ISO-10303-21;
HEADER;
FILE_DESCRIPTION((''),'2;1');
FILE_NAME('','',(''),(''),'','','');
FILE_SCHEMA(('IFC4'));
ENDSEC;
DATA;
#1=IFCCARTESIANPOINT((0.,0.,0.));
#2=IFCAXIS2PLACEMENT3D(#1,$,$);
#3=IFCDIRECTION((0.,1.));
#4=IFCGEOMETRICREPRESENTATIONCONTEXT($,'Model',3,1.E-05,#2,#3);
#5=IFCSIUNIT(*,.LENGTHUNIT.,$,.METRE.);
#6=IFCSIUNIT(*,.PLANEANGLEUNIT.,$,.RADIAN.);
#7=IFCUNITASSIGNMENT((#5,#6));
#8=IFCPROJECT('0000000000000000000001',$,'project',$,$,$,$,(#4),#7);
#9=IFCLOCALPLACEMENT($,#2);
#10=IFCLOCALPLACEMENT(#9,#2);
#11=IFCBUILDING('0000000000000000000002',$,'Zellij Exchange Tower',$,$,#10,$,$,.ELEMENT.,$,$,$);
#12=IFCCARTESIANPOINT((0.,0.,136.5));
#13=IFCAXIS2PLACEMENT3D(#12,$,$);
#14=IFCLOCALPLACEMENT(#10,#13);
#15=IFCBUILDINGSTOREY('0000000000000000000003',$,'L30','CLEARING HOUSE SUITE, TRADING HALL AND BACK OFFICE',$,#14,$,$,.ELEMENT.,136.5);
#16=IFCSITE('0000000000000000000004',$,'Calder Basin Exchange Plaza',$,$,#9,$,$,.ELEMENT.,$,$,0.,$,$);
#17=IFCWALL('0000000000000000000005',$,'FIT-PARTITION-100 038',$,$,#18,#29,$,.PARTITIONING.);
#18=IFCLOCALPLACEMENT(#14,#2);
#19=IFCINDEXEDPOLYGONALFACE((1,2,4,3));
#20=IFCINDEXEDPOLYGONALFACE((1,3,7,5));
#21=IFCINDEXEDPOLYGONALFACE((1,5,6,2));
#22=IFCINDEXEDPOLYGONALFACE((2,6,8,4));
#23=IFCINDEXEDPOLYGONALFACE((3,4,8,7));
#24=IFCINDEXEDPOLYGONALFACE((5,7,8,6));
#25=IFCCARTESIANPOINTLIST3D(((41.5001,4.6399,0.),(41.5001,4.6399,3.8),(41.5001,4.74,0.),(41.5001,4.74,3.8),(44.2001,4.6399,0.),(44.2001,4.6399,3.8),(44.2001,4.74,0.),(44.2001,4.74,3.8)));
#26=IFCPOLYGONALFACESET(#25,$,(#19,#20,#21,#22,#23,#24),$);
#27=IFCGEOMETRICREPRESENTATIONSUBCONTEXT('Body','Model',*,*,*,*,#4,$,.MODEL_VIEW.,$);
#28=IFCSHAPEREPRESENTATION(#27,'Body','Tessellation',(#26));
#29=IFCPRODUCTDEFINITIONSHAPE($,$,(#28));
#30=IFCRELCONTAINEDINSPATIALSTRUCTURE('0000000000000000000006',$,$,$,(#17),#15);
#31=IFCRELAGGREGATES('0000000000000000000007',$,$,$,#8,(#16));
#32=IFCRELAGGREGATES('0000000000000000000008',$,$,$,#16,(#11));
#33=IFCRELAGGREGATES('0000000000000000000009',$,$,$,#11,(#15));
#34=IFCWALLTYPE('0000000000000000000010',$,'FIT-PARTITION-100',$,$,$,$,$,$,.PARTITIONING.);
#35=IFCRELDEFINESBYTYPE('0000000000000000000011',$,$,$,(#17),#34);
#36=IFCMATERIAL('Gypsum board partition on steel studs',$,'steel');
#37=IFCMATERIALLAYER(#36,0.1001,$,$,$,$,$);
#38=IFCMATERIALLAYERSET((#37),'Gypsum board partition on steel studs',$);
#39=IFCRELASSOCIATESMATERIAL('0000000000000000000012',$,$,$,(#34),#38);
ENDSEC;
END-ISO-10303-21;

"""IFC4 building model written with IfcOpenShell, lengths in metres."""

from ifc_helpers import new_model, si_unit, direction, frame, frame_2d, origin, place, context, subcontext, project, spatial, rectangle, extrude, material, layer, layer_set, type_object, element, save


model = new_model("IFC4")

# Units and contexts
model_context = context("Model", 3, precision=1e-05, world=origin(), true_north=direction((0.0, 1.0)))
body_context = subcontext(model_context, "Body", "Model", "MODEL_VIEW")
ifc_project = project(units=[si_unit("LENGTHUNIT", "METRE"), si_unit("PLANEANGLEUNIT", "RADIAN")], contexts=[model_context])

# Site, building, storey
site_placement = place(None, origin())
site = spatial("IfcSite", under=ifc_project, at=site_placement, Name="Calder Basin Exchange Plaza", CompositionType="ELEMENT", RefElevation=0.0)
building_placement = place(site_placement, origin())
building = spatial("IfcBuilding", under=site, at=building_placement, Name="Zellij Exchange Tower", CompositionType="ELEMENT")
storey_placement = place(building_placement, frame((0.0, 0.0, 136.5)))
storey = spatial("IfcBuildingStorey", under=building, at=storey_placement, Name="L30", Description="CLEARING HOUSE SUITE, TRADING HALL AND BACK OFFICE", CompositionType="ELEMENT", Elevation=136.5)

# Shared definitions
ifc_material_1 = material(Name="Gypsum board partition on steel studs", Category="steel")
ifc_layer_1 = layer(ifc_material_1, 0.1001)
ifc_layer_set_1 = layer_set([ifc_layer_1], Name="Gypsum board partition on steel studs")
wall_type_1 = type_object("IfcWallType", Name="FIT-PARTITION-100", PredefinedType="PARTITIONING", material=ifc_layer_set_1)

# Wall
wall_1_placement = place(storey_placement, frame((41.5, 4.6899, 0.0), z_axis=(0.0, 0.0, 1.0), x_axis=(1.0, 0.0, 0.0)))
element("IfcWall", 1, at=wall_1_placement, inside=storey, type_object=wall_type_1, Name="FIT-PARTITION-100 038", PredefinedType="PARTITIONING", context=body_context, shape_type="SweptSolid", body=[
    extrude(rectangle(XDim=2.7, YDim=0.1001, at=frame_2d((1.3501, 0.0))), origin(), (0.0, 0.0, 1.0), 3.8),
])

save(model, "model.ifc")
